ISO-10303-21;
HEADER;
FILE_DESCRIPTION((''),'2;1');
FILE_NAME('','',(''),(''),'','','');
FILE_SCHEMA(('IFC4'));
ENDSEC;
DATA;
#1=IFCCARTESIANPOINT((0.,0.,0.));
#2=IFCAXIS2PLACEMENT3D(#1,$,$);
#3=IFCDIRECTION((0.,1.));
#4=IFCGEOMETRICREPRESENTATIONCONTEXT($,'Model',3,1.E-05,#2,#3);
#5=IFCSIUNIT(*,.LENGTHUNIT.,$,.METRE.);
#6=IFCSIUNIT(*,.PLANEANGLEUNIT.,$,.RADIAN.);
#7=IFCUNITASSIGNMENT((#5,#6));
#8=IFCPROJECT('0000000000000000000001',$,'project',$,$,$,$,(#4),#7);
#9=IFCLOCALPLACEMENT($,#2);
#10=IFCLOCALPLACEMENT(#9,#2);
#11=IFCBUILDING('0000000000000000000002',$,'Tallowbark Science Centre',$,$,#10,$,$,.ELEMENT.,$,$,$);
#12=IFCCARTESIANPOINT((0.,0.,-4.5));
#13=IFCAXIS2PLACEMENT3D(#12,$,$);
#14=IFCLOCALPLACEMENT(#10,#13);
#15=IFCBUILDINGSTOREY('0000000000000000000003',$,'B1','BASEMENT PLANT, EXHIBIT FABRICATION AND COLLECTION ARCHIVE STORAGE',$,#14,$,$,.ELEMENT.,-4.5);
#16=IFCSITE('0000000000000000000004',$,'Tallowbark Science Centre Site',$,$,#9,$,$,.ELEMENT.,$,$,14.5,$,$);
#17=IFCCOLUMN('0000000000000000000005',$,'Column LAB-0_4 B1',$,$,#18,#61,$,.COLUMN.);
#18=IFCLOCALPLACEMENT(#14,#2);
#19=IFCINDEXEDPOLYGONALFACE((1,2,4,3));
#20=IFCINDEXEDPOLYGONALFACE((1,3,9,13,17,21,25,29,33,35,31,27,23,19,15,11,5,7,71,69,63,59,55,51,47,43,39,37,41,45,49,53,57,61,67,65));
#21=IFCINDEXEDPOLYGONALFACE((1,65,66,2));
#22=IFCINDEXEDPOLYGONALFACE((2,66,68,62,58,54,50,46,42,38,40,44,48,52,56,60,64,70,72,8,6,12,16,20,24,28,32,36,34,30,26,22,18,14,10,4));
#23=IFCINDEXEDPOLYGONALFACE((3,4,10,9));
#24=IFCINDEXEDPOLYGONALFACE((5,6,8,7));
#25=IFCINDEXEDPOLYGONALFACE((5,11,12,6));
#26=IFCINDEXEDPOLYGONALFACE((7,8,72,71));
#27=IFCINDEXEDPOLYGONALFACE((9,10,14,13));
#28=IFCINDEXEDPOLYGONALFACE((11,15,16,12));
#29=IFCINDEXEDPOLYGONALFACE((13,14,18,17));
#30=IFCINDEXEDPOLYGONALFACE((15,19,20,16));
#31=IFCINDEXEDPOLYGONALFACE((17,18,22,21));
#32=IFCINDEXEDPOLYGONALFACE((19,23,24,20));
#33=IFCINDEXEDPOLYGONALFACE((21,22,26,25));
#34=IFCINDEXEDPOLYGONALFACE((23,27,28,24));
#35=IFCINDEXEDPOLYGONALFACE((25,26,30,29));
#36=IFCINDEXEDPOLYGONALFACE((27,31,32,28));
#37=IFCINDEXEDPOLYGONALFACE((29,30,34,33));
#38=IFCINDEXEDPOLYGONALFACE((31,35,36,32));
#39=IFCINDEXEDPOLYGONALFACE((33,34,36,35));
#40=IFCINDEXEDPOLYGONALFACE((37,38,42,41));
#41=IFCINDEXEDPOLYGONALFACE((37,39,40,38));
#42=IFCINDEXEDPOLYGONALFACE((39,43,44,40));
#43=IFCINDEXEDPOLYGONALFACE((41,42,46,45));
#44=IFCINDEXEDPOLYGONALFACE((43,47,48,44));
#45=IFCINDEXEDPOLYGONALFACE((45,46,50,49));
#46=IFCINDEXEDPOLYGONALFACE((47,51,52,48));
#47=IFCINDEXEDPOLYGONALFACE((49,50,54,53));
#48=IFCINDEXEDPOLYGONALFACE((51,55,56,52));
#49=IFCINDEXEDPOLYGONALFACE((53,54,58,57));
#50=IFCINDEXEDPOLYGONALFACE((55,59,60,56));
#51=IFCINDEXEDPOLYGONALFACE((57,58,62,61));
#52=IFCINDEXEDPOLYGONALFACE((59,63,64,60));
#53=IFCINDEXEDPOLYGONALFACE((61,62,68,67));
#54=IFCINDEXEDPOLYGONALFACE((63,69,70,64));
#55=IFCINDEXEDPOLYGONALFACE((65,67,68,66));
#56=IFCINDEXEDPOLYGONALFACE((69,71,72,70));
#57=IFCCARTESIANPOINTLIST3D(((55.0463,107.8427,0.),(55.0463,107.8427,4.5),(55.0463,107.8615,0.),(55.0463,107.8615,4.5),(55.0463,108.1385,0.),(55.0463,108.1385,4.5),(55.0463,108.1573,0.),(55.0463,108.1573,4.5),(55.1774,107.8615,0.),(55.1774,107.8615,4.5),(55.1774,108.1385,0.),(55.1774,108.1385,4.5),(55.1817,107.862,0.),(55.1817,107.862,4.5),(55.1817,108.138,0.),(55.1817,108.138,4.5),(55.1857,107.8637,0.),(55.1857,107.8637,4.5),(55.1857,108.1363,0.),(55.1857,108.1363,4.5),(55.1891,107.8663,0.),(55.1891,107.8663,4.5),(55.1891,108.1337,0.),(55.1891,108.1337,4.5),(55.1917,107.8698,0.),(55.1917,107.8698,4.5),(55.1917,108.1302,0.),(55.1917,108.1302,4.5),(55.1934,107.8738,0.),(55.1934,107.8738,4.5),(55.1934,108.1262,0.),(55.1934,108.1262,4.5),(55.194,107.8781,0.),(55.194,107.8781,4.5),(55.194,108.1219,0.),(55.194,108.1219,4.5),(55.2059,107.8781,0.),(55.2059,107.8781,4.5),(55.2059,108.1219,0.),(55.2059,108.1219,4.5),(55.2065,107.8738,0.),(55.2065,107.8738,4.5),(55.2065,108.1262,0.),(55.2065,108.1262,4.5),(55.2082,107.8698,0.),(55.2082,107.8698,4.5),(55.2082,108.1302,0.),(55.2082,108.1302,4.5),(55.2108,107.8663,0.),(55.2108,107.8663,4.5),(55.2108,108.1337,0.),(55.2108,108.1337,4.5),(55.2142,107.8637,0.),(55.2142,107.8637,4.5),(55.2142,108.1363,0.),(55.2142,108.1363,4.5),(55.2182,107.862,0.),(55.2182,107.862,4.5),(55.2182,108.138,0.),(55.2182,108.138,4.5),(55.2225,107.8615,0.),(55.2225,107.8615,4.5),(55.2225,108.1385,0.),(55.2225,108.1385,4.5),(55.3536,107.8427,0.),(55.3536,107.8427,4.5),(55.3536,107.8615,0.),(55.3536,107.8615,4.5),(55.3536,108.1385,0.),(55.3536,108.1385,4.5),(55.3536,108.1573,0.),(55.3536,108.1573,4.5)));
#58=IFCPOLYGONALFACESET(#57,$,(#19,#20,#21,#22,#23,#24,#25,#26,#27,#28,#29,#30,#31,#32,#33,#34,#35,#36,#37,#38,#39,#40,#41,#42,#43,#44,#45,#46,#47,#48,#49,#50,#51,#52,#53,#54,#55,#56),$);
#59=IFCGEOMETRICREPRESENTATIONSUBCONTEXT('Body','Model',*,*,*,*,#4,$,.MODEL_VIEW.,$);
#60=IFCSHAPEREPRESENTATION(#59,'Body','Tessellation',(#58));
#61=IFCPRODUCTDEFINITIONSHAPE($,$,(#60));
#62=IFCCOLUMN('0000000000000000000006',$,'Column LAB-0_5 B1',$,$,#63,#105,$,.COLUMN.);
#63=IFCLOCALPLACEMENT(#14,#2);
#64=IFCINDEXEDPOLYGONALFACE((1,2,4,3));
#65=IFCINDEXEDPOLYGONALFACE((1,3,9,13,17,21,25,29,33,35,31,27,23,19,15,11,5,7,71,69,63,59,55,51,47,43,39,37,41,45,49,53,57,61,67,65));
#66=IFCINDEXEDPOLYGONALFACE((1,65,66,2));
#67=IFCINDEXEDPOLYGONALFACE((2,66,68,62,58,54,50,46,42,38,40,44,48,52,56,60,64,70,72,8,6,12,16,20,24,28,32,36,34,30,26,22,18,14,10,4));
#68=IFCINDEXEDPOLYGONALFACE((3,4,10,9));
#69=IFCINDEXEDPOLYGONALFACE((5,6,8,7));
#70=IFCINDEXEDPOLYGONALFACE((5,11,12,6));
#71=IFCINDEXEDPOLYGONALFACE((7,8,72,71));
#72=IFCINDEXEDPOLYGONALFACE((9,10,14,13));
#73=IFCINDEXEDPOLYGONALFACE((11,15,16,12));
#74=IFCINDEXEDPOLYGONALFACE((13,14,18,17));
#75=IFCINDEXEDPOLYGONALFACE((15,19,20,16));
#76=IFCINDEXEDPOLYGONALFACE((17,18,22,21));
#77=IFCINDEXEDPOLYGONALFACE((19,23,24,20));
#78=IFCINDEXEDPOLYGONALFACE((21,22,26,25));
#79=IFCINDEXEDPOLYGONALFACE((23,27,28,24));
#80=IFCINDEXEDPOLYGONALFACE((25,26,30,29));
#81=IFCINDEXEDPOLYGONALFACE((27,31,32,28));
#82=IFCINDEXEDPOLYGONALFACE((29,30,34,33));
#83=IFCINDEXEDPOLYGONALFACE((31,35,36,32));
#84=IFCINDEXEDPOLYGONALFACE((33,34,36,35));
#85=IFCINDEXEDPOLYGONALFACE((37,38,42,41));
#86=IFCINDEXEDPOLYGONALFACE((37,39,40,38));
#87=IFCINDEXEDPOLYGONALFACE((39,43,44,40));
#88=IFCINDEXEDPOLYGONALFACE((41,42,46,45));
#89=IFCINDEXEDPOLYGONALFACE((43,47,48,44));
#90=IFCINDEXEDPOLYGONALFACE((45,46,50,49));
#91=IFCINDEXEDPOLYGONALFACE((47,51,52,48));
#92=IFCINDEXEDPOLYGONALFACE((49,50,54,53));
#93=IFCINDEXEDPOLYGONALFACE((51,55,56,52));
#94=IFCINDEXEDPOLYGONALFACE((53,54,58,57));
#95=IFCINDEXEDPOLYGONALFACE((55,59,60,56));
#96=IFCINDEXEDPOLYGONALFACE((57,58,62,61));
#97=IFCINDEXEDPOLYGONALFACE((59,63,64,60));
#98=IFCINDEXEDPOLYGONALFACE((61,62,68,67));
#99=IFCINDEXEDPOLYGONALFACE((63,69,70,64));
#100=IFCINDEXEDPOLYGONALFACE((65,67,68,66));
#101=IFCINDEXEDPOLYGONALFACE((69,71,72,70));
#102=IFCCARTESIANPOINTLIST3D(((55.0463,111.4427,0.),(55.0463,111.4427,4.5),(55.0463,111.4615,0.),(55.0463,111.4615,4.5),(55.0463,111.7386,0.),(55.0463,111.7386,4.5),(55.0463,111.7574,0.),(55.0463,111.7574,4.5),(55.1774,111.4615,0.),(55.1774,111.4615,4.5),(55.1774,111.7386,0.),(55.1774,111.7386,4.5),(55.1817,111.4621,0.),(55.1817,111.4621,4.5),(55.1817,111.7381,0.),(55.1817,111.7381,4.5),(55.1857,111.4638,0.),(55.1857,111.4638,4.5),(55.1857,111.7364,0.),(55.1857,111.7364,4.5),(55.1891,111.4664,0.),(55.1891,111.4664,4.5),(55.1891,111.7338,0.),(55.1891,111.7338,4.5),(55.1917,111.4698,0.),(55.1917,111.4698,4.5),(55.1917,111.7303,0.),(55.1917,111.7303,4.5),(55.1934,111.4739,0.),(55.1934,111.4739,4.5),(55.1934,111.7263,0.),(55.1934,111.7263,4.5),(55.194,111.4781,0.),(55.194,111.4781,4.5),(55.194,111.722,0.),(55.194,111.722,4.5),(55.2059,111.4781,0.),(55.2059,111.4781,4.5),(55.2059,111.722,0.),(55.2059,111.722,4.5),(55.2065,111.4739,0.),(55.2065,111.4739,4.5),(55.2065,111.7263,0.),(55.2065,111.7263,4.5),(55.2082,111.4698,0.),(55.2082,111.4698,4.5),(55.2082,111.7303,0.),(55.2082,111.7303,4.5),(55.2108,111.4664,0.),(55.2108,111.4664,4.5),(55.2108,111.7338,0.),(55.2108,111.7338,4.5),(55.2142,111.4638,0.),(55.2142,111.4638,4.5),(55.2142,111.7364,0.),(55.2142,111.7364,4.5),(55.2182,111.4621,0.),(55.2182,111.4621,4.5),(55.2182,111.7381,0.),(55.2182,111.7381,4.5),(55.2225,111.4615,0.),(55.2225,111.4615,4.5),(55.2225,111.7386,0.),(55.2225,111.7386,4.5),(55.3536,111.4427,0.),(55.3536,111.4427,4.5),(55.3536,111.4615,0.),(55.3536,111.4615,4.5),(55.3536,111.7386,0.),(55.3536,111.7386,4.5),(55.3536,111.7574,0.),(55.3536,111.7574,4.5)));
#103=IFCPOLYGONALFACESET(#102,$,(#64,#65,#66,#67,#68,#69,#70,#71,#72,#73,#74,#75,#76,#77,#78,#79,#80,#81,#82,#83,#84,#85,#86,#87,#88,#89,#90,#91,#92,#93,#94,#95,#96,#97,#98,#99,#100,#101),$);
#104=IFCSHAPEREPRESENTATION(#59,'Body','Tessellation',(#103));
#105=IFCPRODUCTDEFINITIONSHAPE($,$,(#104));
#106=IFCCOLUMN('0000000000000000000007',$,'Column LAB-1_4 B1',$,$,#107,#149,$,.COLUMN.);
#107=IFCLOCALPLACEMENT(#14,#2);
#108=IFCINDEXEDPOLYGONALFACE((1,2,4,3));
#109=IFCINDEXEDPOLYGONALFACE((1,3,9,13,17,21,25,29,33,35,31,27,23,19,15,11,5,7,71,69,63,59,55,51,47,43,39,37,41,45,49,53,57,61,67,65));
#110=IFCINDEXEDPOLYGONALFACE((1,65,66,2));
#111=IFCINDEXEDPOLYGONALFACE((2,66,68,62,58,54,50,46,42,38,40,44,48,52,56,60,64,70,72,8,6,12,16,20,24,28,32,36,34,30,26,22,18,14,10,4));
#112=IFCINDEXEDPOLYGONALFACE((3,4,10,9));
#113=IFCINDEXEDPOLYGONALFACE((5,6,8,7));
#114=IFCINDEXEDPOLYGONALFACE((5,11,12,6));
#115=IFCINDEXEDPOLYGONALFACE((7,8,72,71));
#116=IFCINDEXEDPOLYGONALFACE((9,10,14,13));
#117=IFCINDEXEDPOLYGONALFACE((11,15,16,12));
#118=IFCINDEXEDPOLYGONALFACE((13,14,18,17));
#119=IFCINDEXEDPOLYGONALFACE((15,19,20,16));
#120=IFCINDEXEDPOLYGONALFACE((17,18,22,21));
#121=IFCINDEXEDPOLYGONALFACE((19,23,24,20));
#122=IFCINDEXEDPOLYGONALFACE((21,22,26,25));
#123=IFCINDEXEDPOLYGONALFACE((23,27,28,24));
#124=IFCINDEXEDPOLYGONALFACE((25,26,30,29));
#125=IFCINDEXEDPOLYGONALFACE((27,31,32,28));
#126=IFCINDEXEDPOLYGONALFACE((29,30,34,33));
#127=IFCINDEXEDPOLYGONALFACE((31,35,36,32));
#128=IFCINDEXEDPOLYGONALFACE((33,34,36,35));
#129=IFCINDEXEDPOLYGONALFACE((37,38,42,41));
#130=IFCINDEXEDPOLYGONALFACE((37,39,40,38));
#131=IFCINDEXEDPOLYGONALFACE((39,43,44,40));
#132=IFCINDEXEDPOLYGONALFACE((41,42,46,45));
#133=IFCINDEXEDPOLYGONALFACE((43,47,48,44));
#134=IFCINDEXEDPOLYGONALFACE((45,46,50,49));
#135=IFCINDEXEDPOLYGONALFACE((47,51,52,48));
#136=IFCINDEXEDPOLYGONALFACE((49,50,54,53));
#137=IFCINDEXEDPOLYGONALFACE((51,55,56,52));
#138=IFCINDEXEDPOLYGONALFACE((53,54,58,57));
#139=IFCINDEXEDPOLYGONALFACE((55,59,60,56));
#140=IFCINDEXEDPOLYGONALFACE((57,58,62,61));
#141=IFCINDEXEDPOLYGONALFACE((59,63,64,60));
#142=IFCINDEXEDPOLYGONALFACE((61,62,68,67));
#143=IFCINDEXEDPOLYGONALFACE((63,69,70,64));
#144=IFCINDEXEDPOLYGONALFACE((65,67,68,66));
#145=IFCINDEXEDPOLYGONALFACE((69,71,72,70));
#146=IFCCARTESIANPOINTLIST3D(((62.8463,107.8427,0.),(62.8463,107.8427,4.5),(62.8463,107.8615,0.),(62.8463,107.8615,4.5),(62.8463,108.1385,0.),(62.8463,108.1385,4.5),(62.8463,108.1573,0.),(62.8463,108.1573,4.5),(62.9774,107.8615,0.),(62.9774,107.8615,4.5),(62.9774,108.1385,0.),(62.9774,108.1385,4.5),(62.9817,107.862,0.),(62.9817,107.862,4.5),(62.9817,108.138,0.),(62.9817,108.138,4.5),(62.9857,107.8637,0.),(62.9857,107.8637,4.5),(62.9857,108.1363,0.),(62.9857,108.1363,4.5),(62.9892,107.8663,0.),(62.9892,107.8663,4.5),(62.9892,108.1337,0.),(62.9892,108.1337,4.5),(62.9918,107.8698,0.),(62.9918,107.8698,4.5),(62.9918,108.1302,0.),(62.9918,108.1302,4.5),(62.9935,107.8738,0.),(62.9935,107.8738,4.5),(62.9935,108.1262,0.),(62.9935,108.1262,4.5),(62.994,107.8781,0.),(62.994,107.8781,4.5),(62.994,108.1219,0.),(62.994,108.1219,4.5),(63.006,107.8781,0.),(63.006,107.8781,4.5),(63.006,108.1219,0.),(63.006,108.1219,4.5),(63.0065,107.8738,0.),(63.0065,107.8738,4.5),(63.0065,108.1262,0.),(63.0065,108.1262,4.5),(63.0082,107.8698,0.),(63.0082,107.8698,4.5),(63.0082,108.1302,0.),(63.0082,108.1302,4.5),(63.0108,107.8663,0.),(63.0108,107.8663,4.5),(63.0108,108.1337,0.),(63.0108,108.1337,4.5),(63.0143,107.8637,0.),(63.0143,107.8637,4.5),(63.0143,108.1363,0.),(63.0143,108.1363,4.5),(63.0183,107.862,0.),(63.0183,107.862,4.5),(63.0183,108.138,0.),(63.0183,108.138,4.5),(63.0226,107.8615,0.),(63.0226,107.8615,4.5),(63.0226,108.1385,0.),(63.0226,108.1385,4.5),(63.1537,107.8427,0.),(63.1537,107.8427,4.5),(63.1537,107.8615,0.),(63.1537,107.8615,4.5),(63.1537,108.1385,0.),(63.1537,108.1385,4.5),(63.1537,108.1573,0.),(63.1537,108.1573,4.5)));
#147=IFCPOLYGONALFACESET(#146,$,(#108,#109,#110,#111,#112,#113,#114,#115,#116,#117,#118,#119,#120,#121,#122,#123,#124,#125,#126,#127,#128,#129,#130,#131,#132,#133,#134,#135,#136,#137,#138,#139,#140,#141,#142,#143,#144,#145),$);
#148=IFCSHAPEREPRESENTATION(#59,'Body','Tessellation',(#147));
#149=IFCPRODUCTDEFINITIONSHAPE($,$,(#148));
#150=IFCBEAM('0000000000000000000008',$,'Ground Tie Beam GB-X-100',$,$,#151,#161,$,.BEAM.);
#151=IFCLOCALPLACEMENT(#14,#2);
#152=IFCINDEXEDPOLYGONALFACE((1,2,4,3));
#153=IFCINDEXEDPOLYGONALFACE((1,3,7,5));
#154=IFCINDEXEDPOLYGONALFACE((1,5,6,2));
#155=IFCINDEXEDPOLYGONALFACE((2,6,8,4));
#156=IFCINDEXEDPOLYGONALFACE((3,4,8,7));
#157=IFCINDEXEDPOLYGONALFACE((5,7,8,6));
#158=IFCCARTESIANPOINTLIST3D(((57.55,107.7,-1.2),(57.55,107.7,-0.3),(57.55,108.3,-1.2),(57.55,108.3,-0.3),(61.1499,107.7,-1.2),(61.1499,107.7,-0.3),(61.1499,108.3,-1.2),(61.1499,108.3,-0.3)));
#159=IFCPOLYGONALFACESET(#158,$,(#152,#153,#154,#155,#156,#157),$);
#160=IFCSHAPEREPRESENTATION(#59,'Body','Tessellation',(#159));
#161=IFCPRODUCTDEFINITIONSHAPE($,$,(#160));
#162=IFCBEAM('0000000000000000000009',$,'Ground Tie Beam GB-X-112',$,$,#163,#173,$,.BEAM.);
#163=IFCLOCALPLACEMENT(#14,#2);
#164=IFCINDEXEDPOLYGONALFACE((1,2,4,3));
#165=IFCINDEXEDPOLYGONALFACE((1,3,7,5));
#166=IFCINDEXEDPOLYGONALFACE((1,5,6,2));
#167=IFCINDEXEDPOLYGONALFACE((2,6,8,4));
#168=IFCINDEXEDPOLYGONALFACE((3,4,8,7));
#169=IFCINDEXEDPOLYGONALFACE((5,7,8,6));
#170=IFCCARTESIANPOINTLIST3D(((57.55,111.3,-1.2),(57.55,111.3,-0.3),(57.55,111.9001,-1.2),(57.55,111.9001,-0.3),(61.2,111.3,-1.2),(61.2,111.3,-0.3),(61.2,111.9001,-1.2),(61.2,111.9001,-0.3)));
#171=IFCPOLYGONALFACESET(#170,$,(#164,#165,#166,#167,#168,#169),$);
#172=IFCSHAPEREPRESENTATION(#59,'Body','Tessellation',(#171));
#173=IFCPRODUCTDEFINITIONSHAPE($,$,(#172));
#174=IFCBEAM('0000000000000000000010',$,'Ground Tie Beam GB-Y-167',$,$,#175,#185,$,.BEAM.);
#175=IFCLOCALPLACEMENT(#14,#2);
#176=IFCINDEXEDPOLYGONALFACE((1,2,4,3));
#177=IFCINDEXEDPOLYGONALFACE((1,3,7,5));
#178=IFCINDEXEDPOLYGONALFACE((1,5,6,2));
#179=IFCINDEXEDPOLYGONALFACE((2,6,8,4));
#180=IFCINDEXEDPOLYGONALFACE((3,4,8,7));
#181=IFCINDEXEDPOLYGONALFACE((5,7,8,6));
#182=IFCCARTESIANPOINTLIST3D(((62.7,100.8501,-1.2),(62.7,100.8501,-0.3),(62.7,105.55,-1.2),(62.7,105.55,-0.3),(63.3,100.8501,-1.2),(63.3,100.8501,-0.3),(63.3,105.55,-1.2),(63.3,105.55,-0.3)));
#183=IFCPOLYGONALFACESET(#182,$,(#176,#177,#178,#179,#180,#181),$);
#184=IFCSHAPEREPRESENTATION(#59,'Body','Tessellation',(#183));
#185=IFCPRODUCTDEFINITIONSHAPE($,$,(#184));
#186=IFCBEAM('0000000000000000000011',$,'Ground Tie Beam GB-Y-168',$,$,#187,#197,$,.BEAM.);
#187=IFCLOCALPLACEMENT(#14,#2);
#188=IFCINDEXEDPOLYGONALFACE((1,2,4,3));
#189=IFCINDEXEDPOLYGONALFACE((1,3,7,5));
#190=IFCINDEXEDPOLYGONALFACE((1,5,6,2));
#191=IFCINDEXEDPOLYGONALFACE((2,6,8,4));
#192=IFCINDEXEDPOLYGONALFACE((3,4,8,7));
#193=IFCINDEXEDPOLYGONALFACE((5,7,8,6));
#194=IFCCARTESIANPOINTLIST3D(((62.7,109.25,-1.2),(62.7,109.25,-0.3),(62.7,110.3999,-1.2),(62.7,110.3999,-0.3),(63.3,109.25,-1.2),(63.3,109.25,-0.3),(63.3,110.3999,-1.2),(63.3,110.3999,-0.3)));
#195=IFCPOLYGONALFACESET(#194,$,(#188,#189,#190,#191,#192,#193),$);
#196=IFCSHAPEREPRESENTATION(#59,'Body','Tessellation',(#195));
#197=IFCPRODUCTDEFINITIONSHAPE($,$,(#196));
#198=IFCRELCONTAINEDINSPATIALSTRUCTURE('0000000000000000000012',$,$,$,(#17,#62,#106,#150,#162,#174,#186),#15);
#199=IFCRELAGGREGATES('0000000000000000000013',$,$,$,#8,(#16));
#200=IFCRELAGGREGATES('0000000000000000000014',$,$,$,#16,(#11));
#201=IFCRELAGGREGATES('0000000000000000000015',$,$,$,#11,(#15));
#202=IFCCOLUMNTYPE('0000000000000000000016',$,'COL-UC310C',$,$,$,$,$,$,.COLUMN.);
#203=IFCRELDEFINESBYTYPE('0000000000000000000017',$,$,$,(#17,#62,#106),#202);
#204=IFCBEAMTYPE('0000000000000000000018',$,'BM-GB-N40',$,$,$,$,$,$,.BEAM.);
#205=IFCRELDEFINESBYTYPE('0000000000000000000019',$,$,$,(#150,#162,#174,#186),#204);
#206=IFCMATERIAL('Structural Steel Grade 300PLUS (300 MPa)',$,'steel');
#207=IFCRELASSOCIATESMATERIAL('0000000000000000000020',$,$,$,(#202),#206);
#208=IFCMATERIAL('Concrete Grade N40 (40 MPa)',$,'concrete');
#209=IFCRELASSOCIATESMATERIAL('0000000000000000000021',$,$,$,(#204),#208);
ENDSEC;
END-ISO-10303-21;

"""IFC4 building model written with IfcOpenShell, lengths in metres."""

from ifc_helpers import new_model, si_unit, direction, frame, origin, origin_2d, place, context, subcontext, project, spatial, rectangle, i_section, extrude, material, material_profile, profile_set, type_object, element, save


model = new_model("IFC4")

# Units and contexts
model_context = context("Model", 3, precision=1e-05, world=origin(), true_north=direction((0.0, 1.0)))
body_context = subcontext(model_context, "Body", "Model", "MODEL_VIEW")
ifc_project = project(units=[si_unit("LENGTHUNIT", "METRE"), si_unit("PLANEANGLEUNIT", "RADIAN")], contexts=[model_context])

# Site, building, storey
site_placement = place(None, origin())
site = spatial("IfcSite", under=ifc_project, at=site_placement, Name="Tallowbark Science Centre Site", CompositionType="ELEMENT", RefElevation=14.5)
building_placement = place(site_placement, origin())
building = spatial("IfcBuilding", under=site, at=building_placement, Name="Tallowbark Science Centre", CompositionType="ELEMENT")
storey_placement = place(building_placement, frame((0.0, 0.0, -4.5)))
storey = spatial("IfcBuildingStorey", under=building, at=storey_placement, Name="B1", Description="BASEMENT PLANT, EXHIBIT FABRICATION AND COLLECTION ARCHIVE STORAGE", CompositionType="ELEMENT", Elevation=-4.5)

# Shared definitions
ifc_material_1 = material(Name="Concrete Grade N40 (40 MPa)", Category="concrete")

# Columns
ifc_material_2 = material(Name="Structural Steel Grade 300PLUS (300 MPa)", Category="steel")
ifc_material_profile_1 = material_profile(ifc_material_2, i_section(OverallWidth=0.3074, OverallDepth=0.3147, WebThickness=0.012, FlangeThickness=0.0188, FilletRadius=0.0166, at=origin_2d()), Name="310UC118")
ifc_profile_set_1 = profile_set([ifc_material_profile_1], Name="Structural Steel Grade 300PLUS (300 MPa)")
column_type_1 = type_object("IfcColumnType", Name="COL-UC310C", PredefinedType="COLUMN", material=ifc_profile_set_1)
for number, where, z_axis, x_axis, name in (
    (1, (55.2, 108.0, 0.0), (0.0, 0.0, 1.0), (1.0, 0.0, 0.0), "Column LAB-0_4 B1"),
    (2, (55.2, 111.6001, 0.0), (0.0, 0.0, 1.0), (1.0, 0.0, 0.0), "Column LAB-0_5 B1"),
    (3, (63.0, 108.0, 0.0), (0.0, 0.0, 1.0), (1.0, 0.0, 0.0), "Column LAB-1_4 B1"),
):
    element("IfcColumn", number, at=place(storey_placement, frame(where, z_axis=z_axis, x_axis=x_axis)), inside=storey, type_object=column_type_1, Name=name, PredefinedType="COLUMN", context=body_context, shape_type="SweptSolid", body=[
        extrude(i_section(OverallWidth=0.3074, OverallDepth=0.3147, WebThickness=0.012, FlangeThickness=0.0188, FilletRadius=0.0166, at=origin_2d()), origin(), (0.0, 0.0, 1.0), 4.5),
    ])

# Beams
ifc_material_profile_2 = material_profile(ifc_material_1, rectangle(XDim=0.6001, YDim=0.8999, at=origin_2d()), Name="RC600x900")
ifc_profile_set_2 = profile_set([ifc_material_profile_2], Name="Concrete Grade N40 (40 MPa)")
beam_type = type_object("IfcBeamType", Name="BM-GB-N40", PredefinedType="BEAM", material=ifc_profile_set_2)
beam_1_placement = place(storey_placement, frame((57.55, 108.0, -0.75), z_axis=(1.0, 0.0, 0.0), x_axis=(0.0, 1.0, 0.0)))
element("IfcBeam", 4, at=beam_1_placement, inside=storey, type_object=beam_type, Name="Ground Tie Beam GB-X-100", PredefinedType="BEAM", context=body_context, shape_type="SweptSolid", body=[
    extrude(rectangle(XDim=0.6001, YDim=0.8999, at=origin_2d()), origin(), (0.0, 0.0, 1.0), 3.5999),
])
beam_2_placement = place(storey_placement, frame((57.55, 111.6001, -0.75), z_axis=(1.0, 0.0, 0.0), x_axis=(0.0, 1.0, 0.0)))
element("IfcBeam", 5, at=beam_2_placement, inside=storey, type_object=beam_type, Name="Ground Tie Beam GB-X-112", PredefinedType="BEAM", context=body_context, shape_type="SweptSolid", body=[
    extrude(rectangle(XDim=0.6001, YDim=0.8999, at=origin_2d()), origin(), (0.0, 0.0, 1.0), 3.6499),
])
beam_3_placement = place(storey_placement, frame((63.0, 100.8501, -0.75), z_axis=(0.0, 1.0, 0.0), x_axis=(-1.0, 0.0, 0.0)))
element("IfcBeam", 6, at=beam_3_placement, inside=storey, type_object=beam_type, Name="Ground Tie Beam GB-Y-167", PredefinedType="BEAM", context=body_context, shape_type="SweptSolid", body=[
    extrude(rectangle(XDim=0.6001, YDim=0.8999, at=origin_2d()), origin(), (0.0, 0.0, 1.0), 4.7),
])
beam_4_placement = place(storey_placement, frame((63.0, 109.25, -0.75), z_axis=(0.0, 1.0, 0.0), x_axis=(-1.0, 0.0, 0.0)))
element("IfcBeam", 7, at=beam_4_placement, inside=storey, type_object=beam_type, Name="Ground Tie Beam GB-Y-168", PredefinedType="BEAM", context=body_context, shape_type="SweptSolid", body=[
    extrude(rectangle(XDim=0.6001, YDim=0.8999, at=origin_2d()), origin(), (0.0, 0.0, 1.0), 1.1499),
])

save(model, "model.ifc")
